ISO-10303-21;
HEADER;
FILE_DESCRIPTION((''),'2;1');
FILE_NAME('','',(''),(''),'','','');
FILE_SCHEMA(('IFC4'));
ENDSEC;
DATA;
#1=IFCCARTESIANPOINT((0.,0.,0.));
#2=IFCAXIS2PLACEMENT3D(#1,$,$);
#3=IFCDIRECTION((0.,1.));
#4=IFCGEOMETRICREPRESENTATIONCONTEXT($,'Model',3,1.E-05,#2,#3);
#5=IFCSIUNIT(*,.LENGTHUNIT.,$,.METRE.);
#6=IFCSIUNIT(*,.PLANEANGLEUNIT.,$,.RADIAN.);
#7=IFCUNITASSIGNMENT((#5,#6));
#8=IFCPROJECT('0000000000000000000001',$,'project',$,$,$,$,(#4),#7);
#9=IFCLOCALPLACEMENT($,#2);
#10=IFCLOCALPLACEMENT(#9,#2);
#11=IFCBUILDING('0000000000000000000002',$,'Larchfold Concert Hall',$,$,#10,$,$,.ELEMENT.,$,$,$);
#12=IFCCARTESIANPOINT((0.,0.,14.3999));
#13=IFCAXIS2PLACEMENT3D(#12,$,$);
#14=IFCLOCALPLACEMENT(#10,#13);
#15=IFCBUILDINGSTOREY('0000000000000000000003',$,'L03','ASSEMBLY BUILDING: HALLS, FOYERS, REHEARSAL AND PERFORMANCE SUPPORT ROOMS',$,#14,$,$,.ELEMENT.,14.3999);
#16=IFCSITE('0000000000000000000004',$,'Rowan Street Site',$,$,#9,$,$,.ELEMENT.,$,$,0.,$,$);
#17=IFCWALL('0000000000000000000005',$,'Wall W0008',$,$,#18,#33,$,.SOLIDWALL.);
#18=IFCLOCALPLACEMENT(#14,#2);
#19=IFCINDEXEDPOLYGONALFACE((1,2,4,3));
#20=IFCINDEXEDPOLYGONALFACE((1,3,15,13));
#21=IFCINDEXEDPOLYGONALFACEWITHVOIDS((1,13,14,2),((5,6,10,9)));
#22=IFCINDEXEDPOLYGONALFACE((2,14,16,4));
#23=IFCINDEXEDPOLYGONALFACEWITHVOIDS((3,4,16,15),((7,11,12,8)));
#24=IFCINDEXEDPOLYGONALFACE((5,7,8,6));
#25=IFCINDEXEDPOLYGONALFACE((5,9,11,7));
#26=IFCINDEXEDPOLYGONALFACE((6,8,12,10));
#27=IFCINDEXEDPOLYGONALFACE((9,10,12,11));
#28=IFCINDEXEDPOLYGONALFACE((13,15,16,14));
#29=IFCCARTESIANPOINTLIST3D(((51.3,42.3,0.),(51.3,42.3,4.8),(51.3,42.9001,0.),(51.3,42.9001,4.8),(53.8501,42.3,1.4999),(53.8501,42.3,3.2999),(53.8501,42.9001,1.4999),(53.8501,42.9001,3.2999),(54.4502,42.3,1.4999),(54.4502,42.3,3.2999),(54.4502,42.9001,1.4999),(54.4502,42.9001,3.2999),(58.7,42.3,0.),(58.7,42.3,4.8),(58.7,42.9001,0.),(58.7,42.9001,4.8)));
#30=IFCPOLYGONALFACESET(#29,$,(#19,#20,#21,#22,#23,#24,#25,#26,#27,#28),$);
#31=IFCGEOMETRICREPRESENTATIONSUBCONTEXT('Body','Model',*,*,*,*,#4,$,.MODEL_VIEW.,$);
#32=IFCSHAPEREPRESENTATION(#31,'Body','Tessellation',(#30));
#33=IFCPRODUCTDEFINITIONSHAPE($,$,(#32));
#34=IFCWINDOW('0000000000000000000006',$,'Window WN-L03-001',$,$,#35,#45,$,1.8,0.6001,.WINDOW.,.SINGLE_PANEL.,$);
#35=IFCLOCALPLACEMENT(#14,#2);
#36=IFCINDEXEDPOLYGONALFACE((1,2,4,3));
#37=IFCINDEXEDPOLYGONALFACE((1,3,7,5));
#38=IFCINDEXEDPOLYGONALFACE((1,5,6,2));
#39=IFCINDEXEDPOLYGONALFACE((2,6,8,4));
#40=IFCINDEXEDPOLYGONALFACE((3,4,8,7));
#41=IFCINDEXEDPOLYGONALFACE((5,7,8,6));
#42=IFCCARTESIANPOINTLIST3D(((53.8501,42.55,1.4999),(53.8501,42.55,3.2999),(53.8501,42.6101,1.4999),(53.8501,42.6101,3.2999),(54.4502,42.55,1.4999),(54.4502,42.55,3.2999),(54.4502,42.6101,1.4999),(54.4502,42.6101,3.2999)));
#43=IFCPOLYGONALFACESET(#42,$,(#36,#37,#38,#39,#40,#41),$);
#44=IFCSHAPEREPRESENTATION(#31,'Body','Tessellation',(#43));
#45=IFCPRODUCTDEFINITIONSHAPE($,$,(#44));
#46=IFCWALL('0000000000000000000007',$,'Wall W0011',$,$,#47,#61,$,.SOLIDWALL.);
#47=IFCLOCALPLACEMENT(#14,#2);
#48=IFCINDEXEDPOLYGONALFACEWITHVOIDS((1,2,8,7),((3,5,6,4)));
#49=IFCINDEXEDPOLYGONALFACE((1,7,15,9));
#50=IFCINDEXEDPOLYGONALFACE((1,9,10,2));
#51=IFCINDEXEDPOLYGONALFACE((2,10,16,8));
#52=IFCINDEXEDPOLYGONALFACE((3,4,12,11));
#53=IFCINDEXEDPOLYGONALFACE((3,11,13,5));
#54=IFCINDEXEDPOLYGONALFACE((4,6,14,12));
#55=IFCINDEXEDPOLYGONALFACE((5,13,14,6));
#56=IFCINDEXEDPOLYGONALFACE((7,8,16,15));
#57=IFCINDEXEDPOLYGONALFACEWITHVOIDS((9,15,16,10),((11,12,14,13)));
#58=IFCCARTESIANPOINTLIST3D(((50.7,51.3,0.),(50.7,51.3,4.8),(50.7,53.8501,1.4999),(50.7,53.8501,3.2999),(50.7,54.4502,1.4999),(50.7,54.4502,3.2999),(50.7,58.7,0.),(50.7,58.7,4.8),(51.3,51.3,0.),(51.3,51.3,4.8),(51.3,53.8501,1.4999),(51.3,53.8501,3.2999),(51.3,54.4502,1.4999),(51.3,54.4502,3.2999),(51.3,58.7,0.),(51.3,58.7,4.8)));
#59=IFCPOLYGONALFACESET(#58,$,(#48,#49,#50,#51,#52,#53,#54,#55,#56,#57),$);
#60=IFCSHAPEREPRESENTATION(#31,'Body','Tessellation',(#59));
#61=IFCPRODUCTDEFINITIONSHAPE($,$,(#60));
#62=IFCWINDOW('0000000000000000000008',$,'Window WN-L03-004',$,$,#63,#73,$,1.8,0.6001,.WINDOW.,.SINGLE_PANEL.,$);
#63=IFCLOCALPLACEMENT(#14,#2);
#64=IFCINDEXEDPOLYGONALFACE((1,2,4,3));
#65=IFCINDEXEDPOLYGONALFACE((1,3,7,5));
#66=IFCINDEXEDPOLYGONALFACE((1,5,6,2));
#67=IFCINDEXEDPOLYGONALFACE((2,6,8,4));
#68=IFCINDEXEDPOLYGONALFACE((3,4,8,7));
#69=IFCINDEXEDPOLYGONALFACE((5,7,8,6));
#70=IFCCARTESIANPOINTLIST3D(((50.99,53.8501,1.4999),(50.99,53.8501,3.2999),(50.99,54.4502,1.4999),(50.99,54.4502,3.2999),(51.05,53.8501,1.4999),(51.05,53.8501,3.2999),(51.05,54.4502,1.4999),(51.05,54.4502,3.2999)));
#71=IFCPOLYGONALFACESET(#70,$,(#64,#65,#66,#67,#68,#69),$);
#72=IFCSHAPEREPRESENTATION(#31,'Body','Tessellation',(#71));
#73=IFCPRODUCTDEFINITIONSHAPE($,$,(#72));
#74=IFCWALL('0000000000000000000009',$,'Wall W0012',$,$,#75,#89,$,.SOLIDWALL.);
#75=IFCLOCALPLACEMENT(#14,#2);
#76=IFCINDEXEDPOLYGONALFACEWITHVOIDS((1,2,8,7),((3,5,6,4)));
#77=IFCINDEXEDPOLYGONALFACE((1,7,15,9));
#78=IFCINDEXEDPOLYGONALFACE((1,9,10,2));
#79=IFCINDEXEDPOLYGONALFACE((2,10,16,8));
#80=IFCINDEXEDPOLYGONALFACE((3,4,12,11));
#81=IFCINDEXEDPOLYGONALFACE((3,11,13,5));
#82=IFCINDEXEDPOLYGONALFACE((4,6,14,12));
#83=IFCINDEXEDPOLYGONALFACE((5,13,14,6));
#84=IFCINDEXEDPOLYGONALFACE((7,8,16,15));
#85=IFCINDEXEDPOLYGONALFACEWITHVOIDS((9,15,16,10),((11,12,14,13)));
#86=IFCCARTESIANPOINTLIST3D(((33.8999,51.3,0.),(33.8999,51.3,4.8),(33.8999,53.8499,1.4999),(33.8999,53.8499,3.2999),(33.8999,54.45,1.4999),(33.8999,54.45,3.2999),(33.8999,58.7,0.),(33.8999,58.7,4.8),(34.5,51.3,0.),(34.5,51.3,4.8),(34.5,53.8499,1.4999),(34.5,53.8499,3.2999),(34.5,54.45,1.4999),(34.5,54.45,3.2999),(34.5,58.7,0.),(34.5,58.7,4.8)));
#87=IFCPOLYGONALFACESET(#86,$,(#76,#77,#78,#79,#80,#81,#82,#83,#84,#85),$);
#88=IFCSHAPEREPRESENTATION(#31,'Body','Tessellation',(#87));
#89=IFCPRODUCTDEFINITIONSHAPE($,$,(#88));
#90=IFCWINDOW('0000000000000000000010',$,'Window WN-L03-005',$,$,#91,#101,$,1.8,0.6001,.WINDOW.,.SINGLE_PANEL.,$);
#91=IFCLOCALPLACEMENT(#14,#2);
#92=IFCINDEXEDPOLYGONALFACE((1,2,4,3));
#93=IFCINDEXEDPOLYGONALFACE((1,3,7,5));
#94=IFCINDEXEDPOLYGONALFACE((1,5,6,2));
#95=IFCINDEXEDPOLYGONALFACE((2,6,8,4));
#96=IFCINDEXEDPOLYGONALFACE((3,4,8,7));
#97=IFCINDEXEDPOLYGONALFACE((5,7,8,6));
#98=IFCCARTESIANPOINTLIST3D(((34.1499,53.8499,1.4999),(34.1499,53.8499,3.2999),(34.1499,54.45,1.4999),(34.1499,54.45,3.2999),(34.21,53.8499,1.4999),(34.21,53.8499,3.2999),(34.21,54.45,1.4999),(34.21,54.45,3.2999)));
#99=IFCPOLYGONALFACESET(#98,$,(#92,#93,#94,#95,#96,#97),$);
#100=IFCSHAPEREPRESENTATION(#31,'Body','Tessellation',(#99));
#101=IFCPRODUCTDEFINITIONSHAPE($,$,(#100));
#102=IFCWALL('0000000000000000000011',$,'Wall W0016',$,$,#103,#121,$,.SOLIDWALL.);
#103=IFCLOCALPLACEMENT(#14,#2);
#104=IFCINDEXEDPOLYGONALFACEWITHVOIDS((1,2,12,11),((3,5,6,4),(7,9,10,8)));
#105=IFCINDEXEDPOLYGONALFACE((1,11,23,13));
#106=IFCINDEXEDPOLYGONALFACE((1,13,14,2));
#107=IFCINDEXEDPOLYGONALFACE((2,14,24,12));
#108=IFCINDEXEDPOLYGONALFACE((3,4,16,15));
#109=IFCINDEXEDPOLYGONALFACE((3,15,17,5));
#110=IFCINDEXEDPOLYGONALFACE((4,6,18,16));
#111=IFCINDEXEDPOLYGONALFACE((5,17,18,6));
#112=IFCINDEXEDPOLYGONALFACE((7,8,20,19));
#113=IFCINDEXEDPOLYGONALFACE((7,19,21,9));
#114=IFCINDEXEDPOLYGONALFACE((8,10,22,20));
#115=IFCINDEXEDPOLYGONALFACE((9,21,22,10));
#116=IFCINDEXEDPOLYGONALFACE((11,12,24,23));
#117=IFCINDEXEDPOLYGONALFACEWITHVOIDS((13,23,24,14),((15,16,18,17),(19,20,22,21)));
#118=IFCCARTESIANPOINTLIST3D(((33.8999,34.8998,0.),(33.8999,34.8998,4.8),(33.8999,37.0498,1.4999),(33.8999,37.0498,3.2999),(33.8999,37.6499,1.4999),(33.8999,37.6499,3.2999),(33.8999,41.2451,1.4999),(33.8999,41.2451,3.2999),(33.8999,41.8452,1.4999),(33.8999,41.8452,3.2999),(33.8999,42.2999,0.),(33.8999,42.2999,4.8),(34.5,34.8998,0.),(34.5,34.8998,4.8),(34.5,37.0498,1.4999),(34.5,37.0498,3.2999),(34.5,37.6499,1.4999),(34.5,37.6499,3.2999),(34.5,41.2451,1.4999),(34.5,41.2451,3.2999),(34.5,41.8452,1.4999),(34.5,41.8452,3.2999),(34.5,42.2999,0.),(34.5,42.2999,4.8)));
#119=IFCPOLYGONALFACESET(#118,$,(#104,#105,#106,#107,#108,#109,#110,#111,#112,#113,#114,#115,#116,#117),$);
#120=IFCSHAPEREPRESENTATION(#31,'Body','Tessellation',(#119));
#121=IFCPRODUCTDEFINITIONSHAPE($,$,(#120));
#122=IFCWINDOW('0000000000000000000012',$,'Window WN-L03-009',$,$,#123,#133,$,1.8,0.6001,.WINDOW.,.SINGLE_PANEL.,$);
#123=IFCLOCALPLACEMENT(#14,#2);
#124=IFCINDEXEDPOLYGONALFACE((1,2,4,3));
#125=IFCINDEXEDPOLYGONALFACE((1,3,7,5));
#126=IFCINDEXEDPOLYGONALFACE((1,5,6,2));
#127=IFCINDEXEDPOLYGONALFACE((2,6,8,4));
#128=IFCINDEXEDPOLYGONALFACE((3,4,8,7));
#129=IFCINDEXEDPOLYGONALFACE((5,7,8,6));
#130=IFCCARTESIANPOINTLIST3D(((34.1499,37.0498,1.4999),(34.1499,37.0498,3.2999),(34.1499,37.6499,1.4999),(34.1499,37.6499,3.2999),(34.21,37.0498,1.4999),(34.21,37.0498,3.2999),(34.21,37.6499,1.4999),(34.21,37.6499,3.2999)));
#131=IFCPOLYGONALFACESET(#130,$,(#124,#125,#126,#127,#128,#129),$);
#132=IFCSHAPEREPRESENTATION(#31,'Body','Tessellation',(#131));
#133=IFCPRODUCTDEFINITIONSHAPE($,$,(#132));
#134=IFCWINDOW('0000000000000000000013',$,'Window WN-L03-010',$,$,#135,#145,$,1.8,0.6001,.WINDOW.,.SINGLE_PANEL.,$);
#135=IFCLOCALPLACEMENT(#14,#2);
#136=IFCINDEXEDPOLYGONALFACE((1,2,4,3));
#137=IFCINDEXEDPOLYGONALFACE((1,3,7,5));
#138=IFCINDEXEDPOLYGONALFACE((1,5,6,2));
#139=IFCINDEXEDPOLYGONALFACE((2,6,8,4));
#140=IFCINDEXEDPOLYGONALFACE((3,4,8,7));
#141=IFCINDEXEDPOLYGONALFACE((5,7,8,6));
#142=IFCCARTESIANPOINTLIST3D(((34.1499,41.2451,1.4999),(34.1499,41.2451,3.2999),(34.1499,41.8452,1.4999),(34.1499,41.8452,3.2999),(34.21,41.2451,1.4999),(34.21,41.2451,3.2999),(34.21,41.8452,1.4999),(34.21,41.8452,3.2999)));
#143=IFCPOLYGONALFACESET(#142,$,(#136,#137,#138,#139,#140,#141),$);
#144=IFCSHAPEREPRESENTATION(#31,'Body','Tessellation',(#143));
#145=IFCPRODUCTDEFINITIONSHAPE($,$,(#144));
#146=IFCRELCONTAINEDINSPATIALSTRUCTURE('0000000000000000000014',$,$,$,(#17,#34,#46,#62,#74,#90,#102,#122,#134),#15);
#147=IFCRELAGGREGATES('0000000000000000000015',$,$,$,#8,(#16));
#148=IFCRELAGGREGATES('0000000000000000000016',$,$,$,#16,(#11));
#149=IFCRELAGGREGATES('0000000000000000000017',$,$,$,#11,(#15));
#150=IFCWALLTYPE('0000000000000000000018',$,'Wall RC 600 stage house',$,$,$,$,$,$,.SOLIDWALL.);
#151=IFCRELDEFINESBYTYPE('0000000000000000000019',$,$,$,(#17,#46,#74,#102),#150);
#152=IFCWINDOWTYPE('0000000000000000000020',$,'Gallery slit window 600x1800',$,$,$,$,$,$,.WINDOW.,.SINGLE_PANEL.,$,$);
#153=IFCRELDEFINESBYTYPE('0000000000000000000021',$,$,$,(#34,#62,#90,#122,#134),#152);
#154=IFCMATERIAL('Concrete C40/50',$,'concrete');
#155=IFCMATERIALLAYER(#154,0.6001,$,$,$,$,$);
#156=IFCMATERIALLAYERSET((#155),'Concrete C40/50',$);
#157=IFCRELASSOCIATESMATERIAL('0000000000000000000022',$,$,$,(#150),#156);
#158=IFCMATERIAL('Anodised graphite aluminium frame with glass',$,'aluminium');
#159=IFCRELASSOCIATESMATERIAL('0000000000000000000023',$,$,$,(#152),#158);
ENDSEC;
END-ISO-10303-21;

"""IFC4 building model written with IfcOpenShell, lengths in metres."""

from ifc_helpers import new_model, si_unit, direction, frame, frame_2d, origin, place, context, subcontext, project, spatial, rectangle, extrude, material, layer, layer_set, type_object, element, fill, save


model = new_model("IFC4")

# Units and contexts
model_context = context("Model", 3, precision=1e-05, world=origin(), true_north=direction((0.0, 1.0)))
body_context = subcontext(model_context, "Body", "Model", "MODEL_VIEW")
ifc_project = project(units=[si_unit("LENGTHUNIT", "METRE"), si_unit("PLANEANGLEUNIT", "RADIAN")], contexts=[model_context])

# Site, building, storey
site_placement = place(None, origin())
site = spatial("IfcSite", under=ifc_project, at=site_placement, Name="Rowan Street Site", CompositionType="ELEMENT", RefElevation=0.0)
building_placement = place(site_placement, origin())
building = spatial("IfcBuilding", under=site, at=building_placement, Name="Larchfold Concert Hall", CompositionType="ELEMENT")
storey_placement = place(building_placement, frame((0.0, 0.0, 14.3999)))
storey = spatial("IfcBuildingStorey", under=building, at=storey_placement, Name="L03", Description="ASSEMBLY BUILDING: HALLS, FOYERS, REHEARSAL AND PERFORMANCE SUPPORT ROOMS", CompositionType="ELEMENT", Elevation=14.3999)

# Walls, openings, windows
ifc_material_1 = material(Name="Concrete C40/50", Category="concrete")
ifc_layer_1 = layer(ifc_material_1, 0.6001)
ifc_layer_set_1 = layer_set([ifc_layer_1], Name="Concrete C40/50")
wall_type_1 = type_object("IfcWallType", Name="Wall RC 600 stage house", PredefinedType="SOLIDWALL", material=ifc_layer_set_1)
wall_1_placement = place(storey_placement, frame((51.3, 42.6001, 0.0), z_axis=(0.0, 0.0, 1.0), x_axis=(1.0, 0.0, 0.0)))
wall_1 = element("IfcWall", 1, at=wall_1_placement, inside=storey, type_object=wall_type_1, Name="Wall W0008", PredefinedType="SOLIDWALL", context=body_context, shape_type="SweptSolid", body=[
    extrude(rectangle(XDim=7.3999, YDim=0.6001, at=frame_2d((3.7, 0.0))), origin(), (0.0, 0.0, 1.0), 4.8),
])
opening_1_placement = place(wall_1_placement, frame((2.55, 0.0, 1.5)))
opening_1 = element("IfcOpeningElement", 2, at=opening_1_placement, cuts=wall_1, PredefinedType="OPENING", context=body_context, shape_type="SweptSolid", body=[
    extrude(rectangle(XDim=0.6001, YDim=1.8, at=frame_2d((0.3, 0.8999))), frame((0.0, 0.3101, 0.0), z_axis=(0.0, -1.0, 0.0), x_axis=(1.0, 0.0, 0.0)), (0.0, 0.0, 1.0), 0.6201),
])
ifc_material_2 = material(Name="Anodised graphite aluminium frame with glass", Category="aluminium")
window_type = type_object("IfcWindowType", Name="Gallery slit window 600x1800", PartitioningType="SINGLE_PANEL", PredefinedType="WINDOW", material=ifc_material_2)
window_1_placement = place(opening_1_placement, origin())
window_1 = element("IfcWindow", 3, at=window_1_placement, inside=storey, type_object=window_type, Name="Window WN-L03-001", OverallHeight=1.8, OverallWidth=0.6001, PartitioningType="SINGLE_PANEL", PredefinedType="WINDOW", context=body_context, shape_type="SweptSolid", body=[
    extrude(rectangle(XDim=0.6001, YDim=1.8, at=frame_2d((0.3, 0.8999))), frame((0.0, 0.01, 0.0), z_axis=(0.0, -1.0, 0.0), x_axis=(1.0, 0.0, 0.0)), (0.0, 0.0, 1.0), 0.0601),
])
fill(opening_1, window_1)
wall_2_placement = place(storey_placement, frame((51.0, 51.3, 0.0), z_axis=(0.0, 0.0, 1.0), x_axis=(0.0, 1.0, 0.0)))
wall_2 = element("IfcWall", 4, at=wall_2_placement, inside=storey, type_object=wall_type_1, Name="Wall W0011", PredefinedType="SOLIDWALL", context=body_context, shape_type="SweptSolid", body=[
    extrude(rectangle(XDim=7.3999, YDim=0.6001, at=frame_2d((3.7, 0.0))), origin(), (0.0, 0.0, 1.0), 4.8),
])
opening_2_placement = place(wall_2_placement, frame((2.55, 0.0, 1.5)))
opening_2 = element("IfcOpeningElement", 5, at=opening_2_placement, cuts=wall_2, PredefinedType="OPENING", context=body_context, shape_type="SweptSolid", body=[
    extrude(rectangle(XDim=0.6001, YDim=1.8, at=frame_2d((0.3, 0.8999))), frame((0.0, 0.3101, 0.0), z_axis=(0.0, -1.0, 0.0), x_axis=(1.0, 0.0, 0.0)), (0.0, 0.0, 1.0), 0.6201),
])
window_2_placement = place(opening_2_placement, origin())
window_2 = element("IfcWindow", 6, at=window_2_placement, inside=storey, type_object=window_type, Name="Window WN-L03-004", OverallHeight=1.8, OverallWidth=0.6001, PartitioningType="SINGLE_PANEL", PredefinedType="WINDOW", context=body_context, shape_type="SweptSolid", body=[
    extrude(rectangle(XDim=0.6001, YDim=1.8, at=frame_2d((0.3, 0.8999))), frame((0.0, 0.01, 0.0), z_axis=(0.0, -1.0, 0.0), x_axis=(1.0, 0.0, 0.0)), (0.0, 0.0, 1.0), 0.0601),
])
fill(opening_2, window_2)
wall_3_placement = place(storey_placement, frame((34.2, 58.7, 0.0), z_axis=(0.0, 0.0, 1.0), x_axis=(0.0, -1.0, 0.0)))
wall_3 = element("IfcWall", 7, at=wall_3_placement, inside=storey, type_object=wall_type_1, Name="Wall W0012", PredefinedType="SOLIDWALL", context=body_context, shape_type="SweptSolid", body=[
    extrude(rectangle(XDim=7.3999, YDim=0.6001, at=frame_2d((3.7, 0.0))), origin(), (0.0, 0.0, 1.0), 4.8),
])
opening_3_placement = place(wall_3_placement, frame((4.25, 0.0, 1.5)))
opening_3 = element("IfcOpeningElement", 8, at=opening_3_placement, cuts=wall_3, PredefinedType="OPENING", context=body_context, shape_type="SweptSolid", body=[
    extrude(rectangle(XDim=0.6001, YDim=1.8, at=frame_2d((0.3, 0.8999))), frame((0.0, 0.3101, 0.0), z_axis=(0.0, -1.0, 0.0), x_axis=(1.0, 0.0, 0.0)), (0.0, 0.0, 1.0), 0.6201),
])
window_3_placement = place(opening_3_placement, origin())
window_3 = element("IfcWindow", 9, at=window_3_placement, inside=storey, type_object=window_type, Name="Window WN-L03-005", OverallHeight=1.8, OverallWidth=0.6001, PartitioningType="SINGLE_PANEL", PredefinedType="WINDOW", context=body_context, shape_type="SweptSolid", body=[
    extrude(rectangle(XDim=0.6001, YDim=1.8, at=frame_2d((0.3, 0.8999))), frame((0.0, 0.01, 0.0), z_axis=(0.0, -1.0, 0.0), x_axis=(1.0, 0.0, 0.0)), (0.0, 0.0, 1.0), 0.0601),
])
fill(opening_3, window_3)

# Wall, openings, windows
wall_4_placement = place(storey_placement, frame((34.2, 42.3, 0.0), z_axis=(0.0, 0.0, 1.0), x_axis=(0.0, -1.0, 0.0)))
wall_4 = element("IfcWall", 10, at=wall_4_placement, inside=storey, type_object=wall_type_1, Name="Wall W0016", PredefinedType="SOLIDWALL", context=body_context, shape_type="SweptSolid", body=[
    extrude(rectangle(XDim=7.4001, YDim=0.6001, at=frame_2d((3.7002, 0.0))), origin(), (0.0, 0.0, 1.0), 4.8),
])
opening_4_placement = place(wall_4_placement, frame((4.6501, 0.0, 1.5)))
opening_4 = element("IfcOpeningElement", 11, at=opening_4_placement, cuts=wall_4, PredefinedType="OPENING", context=body_context, shape_type="SweptSolid", body=[
    extrude(rectangle(XDim=0.6001, YDim=1.8, at=frame_2d((0.3, 0.8999))), frame((0.0, 0.3101, 0.0), z_axis=(0.0, -1.0, 0.0), x_axis=(1.0, 0.0, 0.0)), (0.0, 0.0, 1.0), 0.6201),
])
opening_5_placement = place(wall_4_placement, frame((0.4548, 0.0, 1.5)))
opening_5 = element("IfcOpeningElement", 12, at=opening_5_placement, cuts=wall_4, PredefinedType="OPENING", context=body_context, shape_type="SweptSolid", body=[
    extrude(rectangle(XDim=0.6001, YDim=1.8, at=frame_2d((0.3, 0.8999))), frame((0.0, 0.3101, 0.0), z_axis=(0.0, -1.0, 0.0), x_axis=(1.0, 0.0, 0.0)), (0.0, 0.0, 1.0), 0.6201),
])
window_4_placement = place(opening_4_placement, origin())
window_4 = element("IfcWindow", 13, at=window_4_placement, inside=storey, type_object=window_type, Name="Window WN-L03-009", OverallHeight=1.8, OverallWidth=0.6001, PartitioningType="SINGLE_PANEL", PredefinedType="WINDOW", context=body_context, shape_type="SweptSolid", body=[
    extrude(rectangle(XDim=0.6001, YDim=1.8, at=frame_2d((0.3, 0.8999))), frame((0.0, 0.01, 0.0), z_axis=(0.0, -1.0, 0.0), x_axis=(1.0, 0.0, 0.0)), (0.0, 0.0, 1.0), 0.0601),
])
fill(opening_4, window_4)
window_5_placement = place(opening_5_placement, origin())
window_5 = element("IfcWindow", 14, at=window_5_placement, inside=storey, type_object=window_type, Name="Window WN-L03-010", OverallHeight=1.8, OverallWidth=0.6001, PartitioningType="SINGLE_PANEL", PredefinedType="WINDOW", context=body_context, shape_type="SweptSolid", body=[
    extrude(rectangle(XDim=0.6001, YDim=1.8, at=frame_2d((0.3, 0.8999))), frame((0.0, 0.01, 0.0), z_axis=(0.0, -1.0, 0.0), x_axis=(1.0, 0.0, 0.0)), (0.0, 0.0, 1.0), 0.0601),
])
fill(opening_5, window_5)

save(model, "model.ifc")
